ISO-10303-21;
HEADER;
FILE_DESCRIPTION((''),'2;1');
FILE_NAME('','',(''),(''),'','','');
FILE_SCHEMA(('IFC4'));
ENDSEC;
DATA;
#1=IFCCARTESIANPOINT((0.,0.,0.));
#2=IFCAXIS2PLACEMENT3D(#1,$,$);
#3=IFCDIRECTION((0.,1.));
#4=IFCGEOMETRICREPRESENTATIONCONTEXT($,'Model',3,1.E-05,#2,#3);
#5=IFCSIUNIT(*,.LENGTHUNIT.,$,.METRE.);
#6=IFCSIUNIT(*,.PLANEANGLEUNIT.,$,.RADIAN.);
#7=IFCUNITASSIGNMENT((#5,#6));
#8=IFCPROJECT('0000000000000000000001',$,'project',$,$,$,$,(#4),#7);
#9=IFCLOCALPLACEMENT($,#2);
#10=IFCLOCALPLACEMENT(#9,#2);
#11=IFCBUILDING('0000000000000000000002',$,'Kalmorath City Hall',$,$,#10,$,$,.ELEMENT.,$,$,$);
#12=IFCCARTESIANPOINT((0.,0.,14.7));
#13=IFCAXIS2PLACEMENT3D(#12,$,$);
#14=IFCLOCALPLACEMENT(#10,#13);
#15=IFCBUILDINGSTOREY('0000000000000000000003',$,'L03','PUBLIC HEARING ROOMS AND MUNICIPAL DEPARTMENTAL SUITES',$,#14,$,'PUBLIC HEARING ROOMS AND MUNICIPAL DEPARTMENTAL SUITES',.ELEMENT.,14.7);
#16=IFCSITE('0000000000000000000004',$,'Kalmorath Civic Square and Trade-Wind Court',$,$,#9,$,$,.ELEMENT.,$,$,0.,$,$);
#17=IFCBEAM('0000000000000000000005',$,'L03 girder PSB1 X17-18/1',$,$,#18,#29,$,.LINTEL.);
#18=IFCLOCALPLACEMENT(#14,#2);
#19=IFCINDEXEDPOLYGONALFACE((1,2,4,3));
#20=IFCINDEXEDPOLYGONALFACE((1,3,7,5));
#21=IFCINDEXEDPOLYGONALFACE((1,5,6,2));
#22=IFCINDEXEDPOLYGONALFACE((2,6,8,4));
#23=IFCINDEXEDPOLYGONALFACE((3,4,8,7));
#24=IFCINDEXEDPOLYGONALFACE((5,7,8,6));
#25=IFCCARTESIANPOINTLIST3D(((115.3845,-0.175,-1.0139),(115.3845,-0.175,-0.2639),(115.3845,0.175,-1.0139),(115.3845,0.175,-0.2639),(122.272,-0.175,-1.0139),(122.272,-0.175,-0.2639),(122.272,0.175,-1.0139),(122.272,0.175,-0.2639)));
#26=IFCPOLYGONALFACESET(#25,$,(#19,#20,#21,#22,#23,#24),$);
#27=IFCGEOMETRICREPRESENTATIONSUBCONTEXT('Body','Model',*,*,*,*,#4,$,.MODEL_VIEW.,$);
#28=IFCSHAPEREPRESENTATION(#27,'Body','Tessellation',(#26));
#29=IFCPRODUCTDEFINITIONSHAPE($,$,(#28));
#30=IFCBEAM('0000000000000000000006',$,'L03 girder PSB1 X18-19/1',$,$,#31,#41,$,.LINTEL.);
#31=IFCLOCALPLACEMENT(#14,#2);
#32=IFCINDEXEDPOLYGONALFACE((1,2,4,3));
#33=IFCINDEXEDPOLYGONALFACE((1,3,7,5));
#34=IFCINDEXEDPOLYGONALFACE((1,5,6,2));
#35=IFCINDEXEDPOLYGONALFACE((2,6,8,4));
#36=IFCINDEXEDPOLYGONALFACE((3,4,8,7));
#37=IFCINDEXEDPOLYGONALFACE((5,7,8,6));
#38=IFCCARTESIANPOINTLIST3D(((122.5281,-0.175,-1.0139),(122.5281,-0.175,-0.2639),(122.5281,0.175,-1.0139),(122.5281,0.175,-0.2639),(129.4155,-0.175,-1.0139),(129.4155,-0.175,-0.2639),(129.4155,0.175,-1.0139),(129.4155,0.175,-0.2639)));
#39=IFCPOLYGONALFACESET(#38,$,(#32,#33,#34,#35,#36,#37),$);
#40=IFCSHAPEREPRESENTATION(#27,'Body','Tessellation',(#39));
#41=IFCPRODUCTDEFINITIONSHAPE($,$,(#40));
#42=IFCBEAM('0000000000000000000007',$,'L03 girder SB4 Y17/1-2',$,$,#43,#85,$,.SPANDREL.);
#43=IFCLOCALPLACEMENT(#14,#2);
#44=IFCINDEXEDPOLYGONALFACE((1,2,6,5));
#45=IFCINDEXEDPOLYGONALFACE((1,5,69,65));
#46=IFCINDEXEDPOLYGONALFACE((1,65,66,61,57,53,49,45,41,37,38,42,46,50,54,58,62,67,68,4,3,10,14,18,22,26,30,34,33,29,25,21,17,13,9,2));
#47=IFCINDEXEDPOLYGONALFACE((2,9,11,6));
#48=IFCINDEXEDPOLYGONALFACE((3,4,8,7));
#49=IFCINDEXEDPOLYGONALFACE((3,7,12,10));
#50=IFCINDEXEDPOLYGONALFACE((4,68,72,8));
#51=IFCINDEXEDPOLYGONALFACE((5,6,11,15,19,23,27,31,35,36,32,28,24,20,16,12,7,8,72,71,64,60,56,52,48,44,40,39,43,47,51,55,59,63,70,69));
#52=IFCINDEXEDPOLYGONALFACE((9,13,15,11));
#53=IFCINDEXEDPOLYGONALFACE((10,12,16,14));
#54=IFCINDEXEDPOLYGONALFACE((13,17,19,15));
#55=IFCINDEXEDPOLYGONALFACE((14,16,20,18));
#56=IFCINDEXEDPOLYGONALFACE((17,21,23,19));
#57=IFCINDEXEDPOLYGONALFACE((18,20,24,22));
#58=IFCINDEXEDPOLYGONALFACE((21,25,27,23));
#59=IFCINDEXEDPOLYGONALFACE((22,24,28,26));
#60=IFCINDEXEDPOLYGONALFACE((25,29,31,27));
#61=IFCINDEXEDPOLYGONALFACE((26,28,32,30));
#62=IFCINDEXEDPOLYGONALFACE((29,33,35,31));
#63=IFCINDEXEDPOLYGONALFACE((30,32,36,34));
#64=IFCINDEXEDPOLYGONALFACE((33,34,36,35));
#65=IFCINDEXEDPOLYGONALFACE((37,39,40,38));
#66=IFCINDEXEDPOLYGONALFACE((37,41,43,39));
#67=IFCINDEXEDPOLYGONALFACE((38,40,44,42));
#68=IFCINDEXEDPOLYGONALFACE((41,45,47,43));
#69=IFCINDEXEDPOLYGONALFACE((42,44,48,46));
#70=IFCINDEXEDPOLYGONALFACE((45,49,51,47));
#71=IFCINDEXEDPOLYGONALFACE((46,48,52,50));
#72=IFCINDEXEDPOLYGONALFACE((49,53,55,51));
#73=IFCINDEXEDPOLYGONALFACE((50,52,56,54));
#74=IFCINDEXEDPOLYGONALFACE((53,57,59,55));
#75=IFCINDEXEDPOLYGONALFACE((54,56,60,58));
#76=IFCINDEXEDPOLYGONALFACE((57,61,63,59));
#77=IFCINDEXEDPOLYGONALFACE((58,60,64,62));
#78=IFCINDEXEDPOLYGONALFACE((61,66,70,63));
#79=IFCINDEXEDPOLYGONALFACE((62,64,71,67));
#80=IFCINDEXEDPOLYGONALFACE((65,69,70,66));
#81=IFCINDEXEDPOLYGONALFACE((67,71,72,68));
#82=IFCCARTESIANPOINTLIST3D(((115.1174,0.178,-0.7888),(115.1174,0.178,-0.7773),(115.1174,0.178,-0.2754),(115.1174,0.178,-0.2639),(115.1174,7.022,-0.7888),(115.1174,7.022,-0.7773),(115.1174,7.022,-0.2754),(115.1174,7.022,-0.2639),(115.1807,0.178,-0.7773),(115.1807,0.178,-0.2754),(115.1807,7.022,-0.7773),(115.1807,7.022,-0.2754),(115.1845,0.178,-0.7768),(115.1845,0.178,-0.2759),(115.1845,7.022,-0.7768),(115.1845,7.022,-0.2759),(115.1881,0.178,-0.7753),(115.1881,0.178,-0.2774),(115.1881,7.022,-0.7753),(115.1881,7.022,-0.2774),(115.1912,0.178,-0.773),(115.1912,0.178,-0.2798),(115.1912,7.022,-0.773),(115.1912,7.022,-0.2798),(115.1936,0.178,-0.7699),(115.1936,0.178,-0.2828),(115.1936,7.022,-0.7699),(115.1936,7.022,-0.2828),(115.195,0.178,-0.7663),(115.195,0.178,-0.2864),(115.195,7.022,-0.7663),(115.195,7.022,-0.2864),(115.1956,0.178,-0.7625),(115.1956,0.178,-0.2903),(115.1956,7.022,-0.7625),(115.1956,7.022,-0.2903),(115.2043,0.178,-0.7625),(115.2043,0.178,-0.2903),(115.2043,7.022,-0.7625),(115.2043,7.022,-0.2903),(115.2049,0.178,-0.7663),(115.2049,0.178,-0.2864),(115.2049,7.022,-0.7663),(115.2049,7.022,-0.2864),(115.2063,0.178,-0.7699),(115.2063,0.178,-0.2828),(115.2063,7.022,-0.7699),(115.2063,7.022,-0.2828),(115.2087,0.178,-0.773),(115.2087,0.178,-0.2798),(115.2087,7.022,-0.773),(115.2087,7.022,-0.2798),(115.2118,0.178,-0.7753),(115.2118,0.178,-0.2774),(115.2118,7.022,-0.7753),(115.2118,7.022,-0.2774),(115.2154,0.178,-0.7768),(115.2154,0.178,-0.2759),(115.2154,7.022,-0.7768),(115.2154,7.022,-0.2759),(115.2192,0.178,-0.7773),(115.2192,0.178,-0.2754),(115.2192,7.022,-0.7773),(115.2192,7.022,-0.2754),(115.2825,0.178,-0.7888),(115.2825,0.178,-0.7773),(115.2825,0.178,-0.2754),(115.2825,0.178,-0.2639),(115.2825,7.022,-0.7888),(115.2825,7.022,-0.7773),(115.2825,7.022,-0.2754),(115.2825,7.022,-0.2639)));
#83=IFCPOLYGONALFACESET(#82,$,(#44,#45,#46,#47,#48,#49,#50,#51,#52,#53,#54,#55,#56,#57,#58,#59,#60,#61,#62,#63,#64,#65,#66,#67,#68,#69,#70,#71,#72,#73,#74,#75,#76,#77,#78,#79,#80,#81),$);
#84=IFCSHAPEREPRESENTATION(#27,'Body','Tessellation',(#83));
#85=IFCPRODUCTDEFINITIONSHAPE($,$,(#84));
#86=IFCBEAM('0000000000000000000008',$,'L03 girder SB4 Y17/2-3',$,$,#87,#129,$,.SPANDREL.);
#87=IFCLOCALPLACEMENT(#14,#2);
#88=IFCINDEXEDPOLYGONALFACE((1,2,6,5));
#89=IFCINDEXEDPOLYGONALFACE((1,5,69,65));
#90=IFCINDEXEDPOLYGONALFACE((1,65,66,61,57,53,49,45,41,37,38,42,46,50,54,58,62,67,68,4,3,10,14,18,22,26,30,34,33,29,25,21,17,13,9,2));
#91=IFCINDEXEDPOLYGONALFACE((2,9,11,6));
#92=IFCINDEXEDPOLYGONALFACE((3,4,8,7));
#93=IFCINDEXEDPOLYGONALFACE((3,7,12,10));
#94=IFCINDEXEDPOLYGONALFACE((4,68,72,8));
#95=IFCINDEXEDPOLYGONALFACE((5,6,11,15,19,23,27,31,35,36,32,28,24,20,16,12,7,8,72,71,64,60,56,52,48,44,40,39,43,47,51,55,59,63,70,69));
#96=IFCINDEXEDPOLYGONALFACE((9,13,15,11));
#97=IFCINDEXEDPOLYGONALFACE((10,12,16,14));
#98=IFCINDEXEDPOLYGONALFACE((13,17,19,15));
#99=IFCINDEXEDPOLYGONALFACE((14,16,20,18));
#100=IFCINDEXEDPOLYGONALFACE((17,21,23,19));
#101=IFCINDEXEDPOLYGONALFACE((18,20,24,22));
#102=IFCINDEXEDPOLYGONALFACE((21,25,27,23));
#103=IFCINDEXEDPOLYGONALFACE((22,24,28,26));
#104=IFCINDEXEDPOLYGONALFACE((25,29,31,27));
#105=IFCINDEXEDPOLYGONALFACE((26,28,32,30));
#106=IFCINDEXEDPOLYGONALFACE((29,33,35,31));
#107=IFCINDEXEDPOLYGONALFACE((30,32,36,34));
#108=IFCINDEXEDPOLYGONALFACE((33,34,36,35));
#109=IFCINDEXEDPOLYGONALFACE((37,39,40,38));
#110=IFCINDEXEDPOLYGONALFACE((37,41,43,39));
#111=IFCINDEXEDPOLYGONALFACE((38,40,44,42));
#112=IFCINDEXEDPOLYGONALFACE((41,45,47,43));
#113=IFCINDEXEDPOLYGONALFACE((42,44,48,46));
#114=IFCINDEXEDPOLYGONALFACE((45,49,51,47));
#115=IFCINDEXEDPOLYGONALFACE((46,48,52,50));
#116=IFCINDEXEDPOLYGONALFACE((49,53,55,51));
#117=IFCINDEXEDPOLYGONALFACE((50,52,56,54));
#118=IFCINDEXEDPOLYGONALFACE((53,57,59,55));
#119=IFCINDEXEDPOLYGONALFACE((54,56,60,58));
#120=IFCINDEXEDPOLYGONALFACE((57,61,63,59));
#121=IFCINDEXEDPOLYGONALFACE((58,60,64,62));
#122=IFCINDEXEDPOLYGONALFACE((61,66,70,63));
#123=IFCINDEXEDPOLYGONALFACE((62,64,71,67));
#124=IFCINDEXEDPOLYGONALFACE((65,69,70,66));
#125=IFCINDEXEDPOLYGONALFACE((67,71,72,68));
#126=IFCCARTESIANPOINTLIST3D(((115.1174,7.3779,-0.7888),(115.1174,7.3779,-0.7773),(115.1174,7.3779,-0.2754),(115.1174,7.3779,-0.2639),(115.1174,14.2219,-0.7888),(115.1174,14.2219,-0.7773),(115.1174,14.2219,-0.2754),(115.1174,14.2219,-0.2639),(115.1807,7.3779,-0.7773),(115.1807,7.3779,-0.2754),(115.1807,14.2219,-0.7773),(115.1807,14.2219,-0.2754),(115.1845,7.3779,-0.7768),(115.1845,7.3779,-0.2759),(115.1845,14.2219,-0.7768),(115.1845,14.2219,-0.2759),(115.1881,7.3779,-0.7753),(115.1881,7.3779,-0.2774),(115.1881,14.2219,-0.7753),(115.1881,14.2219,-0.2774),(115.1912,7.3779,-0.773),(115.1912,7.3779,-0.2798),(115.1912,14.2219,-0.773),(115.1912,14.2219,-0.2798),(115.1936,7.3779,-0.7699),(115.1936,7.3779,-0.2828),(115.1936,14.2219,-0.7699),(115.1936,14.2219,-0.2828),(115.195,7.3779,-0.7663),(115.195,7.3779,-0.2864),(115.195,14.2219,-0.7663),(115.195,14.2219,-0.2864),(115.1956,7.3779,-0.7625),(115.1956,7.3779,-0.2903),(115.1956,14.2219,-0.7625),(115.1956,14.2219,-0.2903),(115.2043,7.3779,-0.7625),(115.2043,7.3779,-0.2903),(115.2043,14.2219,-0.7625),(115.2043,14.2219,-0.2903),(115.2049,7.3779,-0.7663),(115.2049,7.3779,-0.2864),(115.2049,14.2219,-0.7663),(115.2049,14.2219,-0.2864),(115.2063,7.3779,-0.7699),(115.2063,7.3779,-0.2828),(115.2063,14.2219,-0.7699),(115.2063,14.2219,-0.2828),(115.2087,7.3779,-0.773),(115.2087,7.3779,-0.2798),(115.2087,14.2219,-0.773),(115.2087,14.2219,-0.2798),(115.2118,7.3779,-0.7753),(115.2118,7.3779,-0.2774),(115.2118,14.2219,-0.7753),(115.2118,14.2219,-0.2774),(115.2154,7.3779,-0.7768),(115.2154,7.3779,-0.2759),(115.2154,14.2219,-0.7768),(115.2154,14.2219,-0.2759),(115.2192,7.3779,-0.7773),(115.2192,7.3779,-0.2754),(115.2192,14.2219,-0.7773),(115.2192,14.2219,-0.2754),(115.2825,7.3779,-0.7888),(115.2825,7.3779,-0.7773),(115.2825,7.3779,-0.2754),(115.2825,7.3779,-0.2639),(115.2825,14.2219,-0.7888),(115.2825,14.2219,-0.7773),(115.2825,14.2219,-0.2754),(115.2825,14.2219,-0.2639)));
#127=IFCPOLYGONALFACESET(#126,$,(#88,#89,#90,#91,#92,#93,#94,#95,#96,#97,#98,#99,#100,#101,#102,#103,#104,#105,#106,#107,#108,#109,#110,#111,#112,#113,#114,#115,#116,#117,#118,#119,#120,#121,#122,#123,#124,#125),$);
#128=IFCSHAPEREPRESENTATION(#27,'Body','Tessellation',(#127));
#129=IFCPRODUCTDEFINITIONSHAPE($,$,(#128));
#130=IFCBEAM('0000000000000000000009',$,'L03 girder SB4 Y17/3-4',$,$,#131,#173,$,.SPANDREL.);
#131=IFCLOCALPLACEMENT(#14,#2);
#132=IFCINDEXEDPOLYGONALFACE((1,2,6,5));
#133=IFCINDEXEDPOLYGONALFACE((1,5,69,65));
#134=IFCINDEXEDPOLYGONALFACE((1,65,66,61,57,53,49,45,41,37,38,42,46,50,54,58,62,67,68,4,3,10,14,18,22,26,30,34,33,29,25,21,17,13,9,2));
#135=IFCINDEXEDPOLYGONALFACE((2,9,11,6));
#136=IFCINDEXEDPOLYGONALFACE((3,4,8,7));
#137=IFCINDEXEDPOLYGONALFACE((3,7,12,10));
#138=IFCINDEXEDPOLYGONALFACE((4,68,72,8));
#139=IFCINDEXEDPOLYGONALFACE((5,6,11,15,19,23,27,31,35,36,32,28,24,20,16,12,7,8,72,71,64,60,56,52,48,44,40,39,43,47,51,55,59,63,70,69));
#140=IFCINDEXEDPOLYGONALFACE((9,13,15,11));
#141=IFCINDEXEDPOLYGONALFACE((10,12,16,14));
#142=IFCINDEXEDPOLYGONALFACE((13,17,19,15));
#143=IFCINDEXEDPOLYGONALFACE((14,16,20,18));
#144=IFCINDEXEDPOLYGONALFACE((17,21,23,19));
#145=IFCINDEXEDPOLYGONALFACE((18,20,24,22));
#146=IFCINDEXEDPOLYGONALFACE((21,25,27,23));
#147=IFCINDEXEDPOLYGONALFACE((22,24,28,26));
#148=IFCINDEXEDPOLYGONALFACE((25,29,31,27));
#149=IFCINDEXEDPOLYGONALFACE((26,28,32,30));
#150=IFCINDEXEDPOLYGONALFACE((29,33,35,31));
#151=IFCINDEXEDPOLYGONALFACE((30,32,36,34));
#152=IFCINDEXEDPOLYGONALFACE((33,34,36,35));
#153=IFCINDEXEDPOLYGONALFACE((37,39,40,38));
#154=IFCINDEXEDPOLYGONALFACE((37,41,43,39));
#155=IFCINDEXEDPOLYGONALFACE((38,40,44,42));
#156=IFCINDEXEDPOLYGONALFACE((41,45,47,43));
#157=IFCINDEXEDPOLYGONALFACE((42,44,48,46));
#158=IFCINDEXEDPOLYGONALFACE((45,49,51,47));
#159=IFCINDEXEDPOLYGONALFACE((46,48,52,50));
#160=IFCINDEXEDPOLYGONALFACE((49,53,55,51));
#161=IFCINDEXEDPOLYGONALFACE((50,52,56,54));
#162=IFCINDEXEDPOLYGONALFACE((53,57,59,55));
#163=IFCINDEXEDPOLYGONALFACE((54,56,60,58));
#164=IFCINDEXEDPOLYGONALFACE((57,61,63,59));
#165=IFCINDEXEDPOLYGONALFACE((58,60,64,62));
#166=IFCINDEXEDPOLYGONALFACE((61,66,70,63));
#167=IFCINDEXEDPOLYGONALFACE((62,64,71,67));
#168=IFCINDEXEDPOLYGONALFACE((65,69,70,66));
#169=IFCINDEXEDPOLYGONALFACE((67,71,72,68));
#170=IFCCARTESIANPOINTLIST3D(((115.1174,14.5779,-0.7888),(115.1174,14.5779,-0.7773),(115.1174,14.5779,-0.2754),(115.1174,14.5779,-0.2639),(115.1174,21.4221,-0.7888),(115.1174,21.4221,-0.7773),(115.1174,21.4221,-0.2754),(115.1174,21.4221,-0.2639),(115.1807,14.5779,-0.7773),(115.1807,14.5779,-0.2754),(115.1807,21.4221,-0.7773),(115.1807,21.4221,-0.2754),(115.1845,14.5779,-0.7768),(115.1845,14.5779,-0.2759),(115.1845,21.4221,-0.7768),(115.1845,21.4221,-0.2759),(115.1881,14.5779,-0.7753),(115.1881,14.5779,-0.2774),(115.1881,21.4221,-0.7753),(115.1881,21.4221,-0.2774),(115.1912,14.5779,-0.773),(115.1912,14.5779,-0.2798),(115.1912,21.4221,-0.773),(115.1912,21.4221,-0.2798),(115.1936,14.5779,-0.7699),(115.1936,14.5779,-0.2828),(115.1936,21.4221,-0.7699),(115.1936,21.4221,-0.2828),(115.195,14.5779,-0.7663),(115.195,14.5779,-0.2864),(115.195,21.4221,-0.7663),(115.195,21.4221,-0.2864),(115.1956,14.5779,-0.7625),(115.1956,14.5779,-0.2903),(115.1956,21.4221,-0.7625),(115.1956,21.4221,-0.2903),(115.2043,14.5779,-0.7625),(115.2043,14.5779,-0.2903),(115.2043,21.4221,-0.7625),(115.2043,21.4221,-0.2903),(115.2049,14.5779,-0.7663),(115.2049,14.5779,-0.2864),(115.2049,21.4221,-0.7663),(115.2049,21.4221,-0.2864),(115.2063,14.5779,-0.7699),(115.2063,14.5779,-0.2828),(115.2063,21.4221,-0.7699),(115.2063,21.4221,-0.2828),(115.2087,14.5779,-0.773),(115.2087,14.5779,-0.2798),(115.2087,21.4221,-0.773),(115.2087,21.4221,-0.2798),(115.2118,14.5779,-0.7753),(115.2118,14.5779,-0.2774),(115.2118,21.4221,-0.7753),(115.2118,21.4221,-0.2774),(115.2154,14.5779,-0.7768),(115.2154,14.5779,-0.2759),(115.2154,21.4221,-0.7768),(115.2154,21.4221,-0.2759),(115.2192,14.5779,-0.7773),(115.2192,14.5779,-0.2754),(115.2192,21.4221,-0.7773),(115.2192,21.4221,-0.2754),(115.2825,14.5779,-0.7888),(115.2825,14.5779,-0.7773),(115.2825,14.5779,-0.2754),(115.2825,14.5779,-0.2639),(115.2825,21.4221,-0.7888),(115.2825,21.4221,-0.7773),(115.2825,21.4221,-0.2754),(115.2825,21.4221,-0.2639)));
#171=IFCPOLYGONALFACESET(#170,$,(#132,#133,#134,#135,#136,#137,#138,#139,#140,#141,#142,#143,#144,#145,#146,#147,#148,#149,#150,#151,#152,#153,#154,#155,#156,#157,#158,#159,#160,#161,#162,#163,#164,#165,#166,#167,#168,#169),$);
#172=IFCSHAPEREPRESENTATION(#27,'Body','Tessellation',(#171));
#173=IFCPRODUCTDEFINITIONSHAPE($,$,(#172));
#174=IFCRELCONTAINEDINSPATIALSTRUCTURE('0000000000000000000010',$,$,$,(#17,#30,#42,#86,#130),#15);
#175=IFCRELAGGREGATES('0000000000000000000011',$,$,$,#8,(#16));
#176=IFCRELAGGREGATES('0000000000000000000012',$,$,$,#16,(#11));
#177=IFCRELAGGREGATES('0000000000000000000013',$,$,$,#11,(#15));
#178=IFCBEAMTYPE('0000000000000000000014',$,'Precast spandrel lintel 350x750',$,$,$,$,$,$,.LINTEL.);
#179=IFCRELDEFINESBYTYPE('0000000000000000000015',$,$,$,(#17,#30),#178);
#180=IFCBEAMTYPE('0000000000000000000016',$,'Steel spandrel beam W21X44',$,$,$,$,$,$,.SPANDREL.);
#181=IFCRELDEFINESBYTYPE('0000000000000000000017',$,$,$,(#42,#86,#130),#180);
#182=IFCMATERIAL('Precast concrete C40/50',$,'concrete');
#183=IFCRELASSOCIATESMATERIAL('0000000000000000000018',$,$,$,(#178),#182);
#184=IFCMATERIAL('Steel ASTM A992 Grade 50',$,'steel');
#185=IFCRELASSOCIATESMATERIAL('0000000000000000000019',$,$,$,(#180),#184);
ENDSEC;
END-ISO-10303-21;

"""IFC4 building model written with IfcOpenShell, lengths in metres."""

from ifc_helpers import new_model, si_unit, direction, frame, origin, origin_2d, place, context, subcontext, project, spatial, rectangle, i_section, extrude, material, material_profile, profile_set, type_object, element, save


model = new_model("IFC4")

# Units and contexts
model_context = context("Model", 3, precision=1e-05, world=origin(), true_north=direction((0.0, 1.0)))
body_context = subcontext(model_context, "Body", "Model", "MODEL_VIEW")
ifc_project = project(units=[si_unit("LENGTHUNIT", "METRE"), si_unit("PLANEANGLEUNIT", "RADIAN")], contexts=[model_context])

# Site, building, storey
site_placement = place(None, origin())
site = spatial("IfcSite", under=ifc_project, at=site_placement, Name="Kalmorath Civic Square and Trade-Wind Court", CompositionType="ELEMENT", RefElevation=0.0)
building_placement = place(site_placement, origin())
building = spatial("IfcBuilding", under=site, at=building_placement, Name="Kalmorath City Hall", CompositionType="ELEMENT")
storey_placement = place(building_placement, frame((0.0, 0.0, 14.7)))
storey = spatial("IfcBuildingStorey", under=building, at=storey_placement, Name="L03", Description="PUBLIC HEARING ROOMS AND MUNICIPAL DEPARTMENTAL SUITES", LongName="PUBLIC HEARING ROOMS AND MUNICIPAL DEPARTMENTAL SUITES", CompositionType="ELEMENT", Elevation=14.7)

# Beams
ifc_material_1 = material(Name="Precast concrete C40/50", Category="concrete")
ifc_material_profile_1 = material_profile(ifc_material_1, rectangle(XDim=0.3501, YDim=0.75, at=origin_2d()), Name="PC-SP-350X750")
ifc_profile_set_1 = profile_set([ifc_material_profile_1], Name="Precast concrete C40/50")
beam_type_1 = type_object("IfcBeamType", Name="Precast spandrel lintel 350x750", PredefinedType="LINTEL", material=ifc_profile_set_1)
for number, where, z_axis, x_axis, name in (
    (1, (115.3845, 0.0, -0.6389), (1.0, 0.0, 0.0), (0.0, 1.0, 0.0), "L03 girder PSB1 X17-18/1"),
    (2, (122.5281, 0.0, -0.6389), (1.0, 0.0, 0.0), (0.0, 1.0, 0.0), "L03 girder PSB1 X18-19/1"),
):
    element("IfcBeam", number, at=place(storey_placement, frame(where, z_axis=z_axis, x_axis=x_axis)), inside=storey, type_object=beam_type_1, Name=name, PredefinedType="LINTEL", context=body_context, shape_type="SweptSolid", body=[
        extrude(rectangle(XDim=0.3501, YDim=0.75, at=origin_2d()), origin(), (0.0, 0.0, 1.0), 6.8875),
    ])
ifc_material_2 = material(Name="Steel ASTM A992 Grade 50", Category="steel")
ifc_material_profile_2 = material_profile(ifc_material_2, i_section(OverallWidth=0.165, OverallDepth=0.5249, WebThickness=0.0088, FlangeThickness=0.0115, FilletRadius=0.0149, at=origin_2d()), Name="W21X44")
ifc_profile_set_2 = profile_set([ifc_material_profile_2], Name="Steel ASTM A992 Grade 50")
beam_type_2 = type_object("IfcBeamType", Name="Steel spandrel beam W21X44", PredefinedType="SPANDREL", material=ifc_profile_set_2)
for number, where, z_axis, x_axis, name in (
    (3, (115.2, 0.178, -0.5264), (0.0, 1.0, 0.0), (-1.0, 0.0, 0.0), "L03 girder SB4 Y17/1-2"),
    (4, (115.2, 7.3779, -0.5264), (0.0, 1.0, 0.0), (-1.0, 0.0, 0.0), "L03 girder SB4 Y17/2-3"),
):
    element("IfcBeam", number, at=place(storey_placement, frame(where, z_axis=z_axis, x_axis=x_axis)), inside=storey, type_object=beam_type_2, Name=name, PredefinedType="SPANDREL", context=body_context, shape_type="SweptSolid", body=[
        extrude(i_section(OverallWidth=0.165, OverallDepth=0.5249, WebThickness=0.0088, FlangeThickness=0.0115, FilletRadius=0.0149, at=origin_2d()), origin(), (0.0, 0.0, 1.0), 6.844),
    ])
beam_1_placement = place(storey_placement, frame((115.2, 14.5779, -0.5264), z_axis=(0.0, 1.0, 0.0), x_axis=(-1.0, 0.0, 0.0)))
element("IfcBeam", 5, at=beam_1_placement, inside=storey, type_object=beam_type_2, Name="L03 girder SB4 Y17/3-4", PredefinedType="SPANDREL", context=body_context, shape_type="SweptSolid", body=[
    extrude(i_section(OverallWidth=0.165, OverallDepth=0.5249, WebThickness=0.0088, FlangeThickness=0.0115, FilletRadius=0.0149, at=origin_2d()), origin(), (0.0, 0.0, 1.0), 6.8442),
])

save(model, "model.ifc")
